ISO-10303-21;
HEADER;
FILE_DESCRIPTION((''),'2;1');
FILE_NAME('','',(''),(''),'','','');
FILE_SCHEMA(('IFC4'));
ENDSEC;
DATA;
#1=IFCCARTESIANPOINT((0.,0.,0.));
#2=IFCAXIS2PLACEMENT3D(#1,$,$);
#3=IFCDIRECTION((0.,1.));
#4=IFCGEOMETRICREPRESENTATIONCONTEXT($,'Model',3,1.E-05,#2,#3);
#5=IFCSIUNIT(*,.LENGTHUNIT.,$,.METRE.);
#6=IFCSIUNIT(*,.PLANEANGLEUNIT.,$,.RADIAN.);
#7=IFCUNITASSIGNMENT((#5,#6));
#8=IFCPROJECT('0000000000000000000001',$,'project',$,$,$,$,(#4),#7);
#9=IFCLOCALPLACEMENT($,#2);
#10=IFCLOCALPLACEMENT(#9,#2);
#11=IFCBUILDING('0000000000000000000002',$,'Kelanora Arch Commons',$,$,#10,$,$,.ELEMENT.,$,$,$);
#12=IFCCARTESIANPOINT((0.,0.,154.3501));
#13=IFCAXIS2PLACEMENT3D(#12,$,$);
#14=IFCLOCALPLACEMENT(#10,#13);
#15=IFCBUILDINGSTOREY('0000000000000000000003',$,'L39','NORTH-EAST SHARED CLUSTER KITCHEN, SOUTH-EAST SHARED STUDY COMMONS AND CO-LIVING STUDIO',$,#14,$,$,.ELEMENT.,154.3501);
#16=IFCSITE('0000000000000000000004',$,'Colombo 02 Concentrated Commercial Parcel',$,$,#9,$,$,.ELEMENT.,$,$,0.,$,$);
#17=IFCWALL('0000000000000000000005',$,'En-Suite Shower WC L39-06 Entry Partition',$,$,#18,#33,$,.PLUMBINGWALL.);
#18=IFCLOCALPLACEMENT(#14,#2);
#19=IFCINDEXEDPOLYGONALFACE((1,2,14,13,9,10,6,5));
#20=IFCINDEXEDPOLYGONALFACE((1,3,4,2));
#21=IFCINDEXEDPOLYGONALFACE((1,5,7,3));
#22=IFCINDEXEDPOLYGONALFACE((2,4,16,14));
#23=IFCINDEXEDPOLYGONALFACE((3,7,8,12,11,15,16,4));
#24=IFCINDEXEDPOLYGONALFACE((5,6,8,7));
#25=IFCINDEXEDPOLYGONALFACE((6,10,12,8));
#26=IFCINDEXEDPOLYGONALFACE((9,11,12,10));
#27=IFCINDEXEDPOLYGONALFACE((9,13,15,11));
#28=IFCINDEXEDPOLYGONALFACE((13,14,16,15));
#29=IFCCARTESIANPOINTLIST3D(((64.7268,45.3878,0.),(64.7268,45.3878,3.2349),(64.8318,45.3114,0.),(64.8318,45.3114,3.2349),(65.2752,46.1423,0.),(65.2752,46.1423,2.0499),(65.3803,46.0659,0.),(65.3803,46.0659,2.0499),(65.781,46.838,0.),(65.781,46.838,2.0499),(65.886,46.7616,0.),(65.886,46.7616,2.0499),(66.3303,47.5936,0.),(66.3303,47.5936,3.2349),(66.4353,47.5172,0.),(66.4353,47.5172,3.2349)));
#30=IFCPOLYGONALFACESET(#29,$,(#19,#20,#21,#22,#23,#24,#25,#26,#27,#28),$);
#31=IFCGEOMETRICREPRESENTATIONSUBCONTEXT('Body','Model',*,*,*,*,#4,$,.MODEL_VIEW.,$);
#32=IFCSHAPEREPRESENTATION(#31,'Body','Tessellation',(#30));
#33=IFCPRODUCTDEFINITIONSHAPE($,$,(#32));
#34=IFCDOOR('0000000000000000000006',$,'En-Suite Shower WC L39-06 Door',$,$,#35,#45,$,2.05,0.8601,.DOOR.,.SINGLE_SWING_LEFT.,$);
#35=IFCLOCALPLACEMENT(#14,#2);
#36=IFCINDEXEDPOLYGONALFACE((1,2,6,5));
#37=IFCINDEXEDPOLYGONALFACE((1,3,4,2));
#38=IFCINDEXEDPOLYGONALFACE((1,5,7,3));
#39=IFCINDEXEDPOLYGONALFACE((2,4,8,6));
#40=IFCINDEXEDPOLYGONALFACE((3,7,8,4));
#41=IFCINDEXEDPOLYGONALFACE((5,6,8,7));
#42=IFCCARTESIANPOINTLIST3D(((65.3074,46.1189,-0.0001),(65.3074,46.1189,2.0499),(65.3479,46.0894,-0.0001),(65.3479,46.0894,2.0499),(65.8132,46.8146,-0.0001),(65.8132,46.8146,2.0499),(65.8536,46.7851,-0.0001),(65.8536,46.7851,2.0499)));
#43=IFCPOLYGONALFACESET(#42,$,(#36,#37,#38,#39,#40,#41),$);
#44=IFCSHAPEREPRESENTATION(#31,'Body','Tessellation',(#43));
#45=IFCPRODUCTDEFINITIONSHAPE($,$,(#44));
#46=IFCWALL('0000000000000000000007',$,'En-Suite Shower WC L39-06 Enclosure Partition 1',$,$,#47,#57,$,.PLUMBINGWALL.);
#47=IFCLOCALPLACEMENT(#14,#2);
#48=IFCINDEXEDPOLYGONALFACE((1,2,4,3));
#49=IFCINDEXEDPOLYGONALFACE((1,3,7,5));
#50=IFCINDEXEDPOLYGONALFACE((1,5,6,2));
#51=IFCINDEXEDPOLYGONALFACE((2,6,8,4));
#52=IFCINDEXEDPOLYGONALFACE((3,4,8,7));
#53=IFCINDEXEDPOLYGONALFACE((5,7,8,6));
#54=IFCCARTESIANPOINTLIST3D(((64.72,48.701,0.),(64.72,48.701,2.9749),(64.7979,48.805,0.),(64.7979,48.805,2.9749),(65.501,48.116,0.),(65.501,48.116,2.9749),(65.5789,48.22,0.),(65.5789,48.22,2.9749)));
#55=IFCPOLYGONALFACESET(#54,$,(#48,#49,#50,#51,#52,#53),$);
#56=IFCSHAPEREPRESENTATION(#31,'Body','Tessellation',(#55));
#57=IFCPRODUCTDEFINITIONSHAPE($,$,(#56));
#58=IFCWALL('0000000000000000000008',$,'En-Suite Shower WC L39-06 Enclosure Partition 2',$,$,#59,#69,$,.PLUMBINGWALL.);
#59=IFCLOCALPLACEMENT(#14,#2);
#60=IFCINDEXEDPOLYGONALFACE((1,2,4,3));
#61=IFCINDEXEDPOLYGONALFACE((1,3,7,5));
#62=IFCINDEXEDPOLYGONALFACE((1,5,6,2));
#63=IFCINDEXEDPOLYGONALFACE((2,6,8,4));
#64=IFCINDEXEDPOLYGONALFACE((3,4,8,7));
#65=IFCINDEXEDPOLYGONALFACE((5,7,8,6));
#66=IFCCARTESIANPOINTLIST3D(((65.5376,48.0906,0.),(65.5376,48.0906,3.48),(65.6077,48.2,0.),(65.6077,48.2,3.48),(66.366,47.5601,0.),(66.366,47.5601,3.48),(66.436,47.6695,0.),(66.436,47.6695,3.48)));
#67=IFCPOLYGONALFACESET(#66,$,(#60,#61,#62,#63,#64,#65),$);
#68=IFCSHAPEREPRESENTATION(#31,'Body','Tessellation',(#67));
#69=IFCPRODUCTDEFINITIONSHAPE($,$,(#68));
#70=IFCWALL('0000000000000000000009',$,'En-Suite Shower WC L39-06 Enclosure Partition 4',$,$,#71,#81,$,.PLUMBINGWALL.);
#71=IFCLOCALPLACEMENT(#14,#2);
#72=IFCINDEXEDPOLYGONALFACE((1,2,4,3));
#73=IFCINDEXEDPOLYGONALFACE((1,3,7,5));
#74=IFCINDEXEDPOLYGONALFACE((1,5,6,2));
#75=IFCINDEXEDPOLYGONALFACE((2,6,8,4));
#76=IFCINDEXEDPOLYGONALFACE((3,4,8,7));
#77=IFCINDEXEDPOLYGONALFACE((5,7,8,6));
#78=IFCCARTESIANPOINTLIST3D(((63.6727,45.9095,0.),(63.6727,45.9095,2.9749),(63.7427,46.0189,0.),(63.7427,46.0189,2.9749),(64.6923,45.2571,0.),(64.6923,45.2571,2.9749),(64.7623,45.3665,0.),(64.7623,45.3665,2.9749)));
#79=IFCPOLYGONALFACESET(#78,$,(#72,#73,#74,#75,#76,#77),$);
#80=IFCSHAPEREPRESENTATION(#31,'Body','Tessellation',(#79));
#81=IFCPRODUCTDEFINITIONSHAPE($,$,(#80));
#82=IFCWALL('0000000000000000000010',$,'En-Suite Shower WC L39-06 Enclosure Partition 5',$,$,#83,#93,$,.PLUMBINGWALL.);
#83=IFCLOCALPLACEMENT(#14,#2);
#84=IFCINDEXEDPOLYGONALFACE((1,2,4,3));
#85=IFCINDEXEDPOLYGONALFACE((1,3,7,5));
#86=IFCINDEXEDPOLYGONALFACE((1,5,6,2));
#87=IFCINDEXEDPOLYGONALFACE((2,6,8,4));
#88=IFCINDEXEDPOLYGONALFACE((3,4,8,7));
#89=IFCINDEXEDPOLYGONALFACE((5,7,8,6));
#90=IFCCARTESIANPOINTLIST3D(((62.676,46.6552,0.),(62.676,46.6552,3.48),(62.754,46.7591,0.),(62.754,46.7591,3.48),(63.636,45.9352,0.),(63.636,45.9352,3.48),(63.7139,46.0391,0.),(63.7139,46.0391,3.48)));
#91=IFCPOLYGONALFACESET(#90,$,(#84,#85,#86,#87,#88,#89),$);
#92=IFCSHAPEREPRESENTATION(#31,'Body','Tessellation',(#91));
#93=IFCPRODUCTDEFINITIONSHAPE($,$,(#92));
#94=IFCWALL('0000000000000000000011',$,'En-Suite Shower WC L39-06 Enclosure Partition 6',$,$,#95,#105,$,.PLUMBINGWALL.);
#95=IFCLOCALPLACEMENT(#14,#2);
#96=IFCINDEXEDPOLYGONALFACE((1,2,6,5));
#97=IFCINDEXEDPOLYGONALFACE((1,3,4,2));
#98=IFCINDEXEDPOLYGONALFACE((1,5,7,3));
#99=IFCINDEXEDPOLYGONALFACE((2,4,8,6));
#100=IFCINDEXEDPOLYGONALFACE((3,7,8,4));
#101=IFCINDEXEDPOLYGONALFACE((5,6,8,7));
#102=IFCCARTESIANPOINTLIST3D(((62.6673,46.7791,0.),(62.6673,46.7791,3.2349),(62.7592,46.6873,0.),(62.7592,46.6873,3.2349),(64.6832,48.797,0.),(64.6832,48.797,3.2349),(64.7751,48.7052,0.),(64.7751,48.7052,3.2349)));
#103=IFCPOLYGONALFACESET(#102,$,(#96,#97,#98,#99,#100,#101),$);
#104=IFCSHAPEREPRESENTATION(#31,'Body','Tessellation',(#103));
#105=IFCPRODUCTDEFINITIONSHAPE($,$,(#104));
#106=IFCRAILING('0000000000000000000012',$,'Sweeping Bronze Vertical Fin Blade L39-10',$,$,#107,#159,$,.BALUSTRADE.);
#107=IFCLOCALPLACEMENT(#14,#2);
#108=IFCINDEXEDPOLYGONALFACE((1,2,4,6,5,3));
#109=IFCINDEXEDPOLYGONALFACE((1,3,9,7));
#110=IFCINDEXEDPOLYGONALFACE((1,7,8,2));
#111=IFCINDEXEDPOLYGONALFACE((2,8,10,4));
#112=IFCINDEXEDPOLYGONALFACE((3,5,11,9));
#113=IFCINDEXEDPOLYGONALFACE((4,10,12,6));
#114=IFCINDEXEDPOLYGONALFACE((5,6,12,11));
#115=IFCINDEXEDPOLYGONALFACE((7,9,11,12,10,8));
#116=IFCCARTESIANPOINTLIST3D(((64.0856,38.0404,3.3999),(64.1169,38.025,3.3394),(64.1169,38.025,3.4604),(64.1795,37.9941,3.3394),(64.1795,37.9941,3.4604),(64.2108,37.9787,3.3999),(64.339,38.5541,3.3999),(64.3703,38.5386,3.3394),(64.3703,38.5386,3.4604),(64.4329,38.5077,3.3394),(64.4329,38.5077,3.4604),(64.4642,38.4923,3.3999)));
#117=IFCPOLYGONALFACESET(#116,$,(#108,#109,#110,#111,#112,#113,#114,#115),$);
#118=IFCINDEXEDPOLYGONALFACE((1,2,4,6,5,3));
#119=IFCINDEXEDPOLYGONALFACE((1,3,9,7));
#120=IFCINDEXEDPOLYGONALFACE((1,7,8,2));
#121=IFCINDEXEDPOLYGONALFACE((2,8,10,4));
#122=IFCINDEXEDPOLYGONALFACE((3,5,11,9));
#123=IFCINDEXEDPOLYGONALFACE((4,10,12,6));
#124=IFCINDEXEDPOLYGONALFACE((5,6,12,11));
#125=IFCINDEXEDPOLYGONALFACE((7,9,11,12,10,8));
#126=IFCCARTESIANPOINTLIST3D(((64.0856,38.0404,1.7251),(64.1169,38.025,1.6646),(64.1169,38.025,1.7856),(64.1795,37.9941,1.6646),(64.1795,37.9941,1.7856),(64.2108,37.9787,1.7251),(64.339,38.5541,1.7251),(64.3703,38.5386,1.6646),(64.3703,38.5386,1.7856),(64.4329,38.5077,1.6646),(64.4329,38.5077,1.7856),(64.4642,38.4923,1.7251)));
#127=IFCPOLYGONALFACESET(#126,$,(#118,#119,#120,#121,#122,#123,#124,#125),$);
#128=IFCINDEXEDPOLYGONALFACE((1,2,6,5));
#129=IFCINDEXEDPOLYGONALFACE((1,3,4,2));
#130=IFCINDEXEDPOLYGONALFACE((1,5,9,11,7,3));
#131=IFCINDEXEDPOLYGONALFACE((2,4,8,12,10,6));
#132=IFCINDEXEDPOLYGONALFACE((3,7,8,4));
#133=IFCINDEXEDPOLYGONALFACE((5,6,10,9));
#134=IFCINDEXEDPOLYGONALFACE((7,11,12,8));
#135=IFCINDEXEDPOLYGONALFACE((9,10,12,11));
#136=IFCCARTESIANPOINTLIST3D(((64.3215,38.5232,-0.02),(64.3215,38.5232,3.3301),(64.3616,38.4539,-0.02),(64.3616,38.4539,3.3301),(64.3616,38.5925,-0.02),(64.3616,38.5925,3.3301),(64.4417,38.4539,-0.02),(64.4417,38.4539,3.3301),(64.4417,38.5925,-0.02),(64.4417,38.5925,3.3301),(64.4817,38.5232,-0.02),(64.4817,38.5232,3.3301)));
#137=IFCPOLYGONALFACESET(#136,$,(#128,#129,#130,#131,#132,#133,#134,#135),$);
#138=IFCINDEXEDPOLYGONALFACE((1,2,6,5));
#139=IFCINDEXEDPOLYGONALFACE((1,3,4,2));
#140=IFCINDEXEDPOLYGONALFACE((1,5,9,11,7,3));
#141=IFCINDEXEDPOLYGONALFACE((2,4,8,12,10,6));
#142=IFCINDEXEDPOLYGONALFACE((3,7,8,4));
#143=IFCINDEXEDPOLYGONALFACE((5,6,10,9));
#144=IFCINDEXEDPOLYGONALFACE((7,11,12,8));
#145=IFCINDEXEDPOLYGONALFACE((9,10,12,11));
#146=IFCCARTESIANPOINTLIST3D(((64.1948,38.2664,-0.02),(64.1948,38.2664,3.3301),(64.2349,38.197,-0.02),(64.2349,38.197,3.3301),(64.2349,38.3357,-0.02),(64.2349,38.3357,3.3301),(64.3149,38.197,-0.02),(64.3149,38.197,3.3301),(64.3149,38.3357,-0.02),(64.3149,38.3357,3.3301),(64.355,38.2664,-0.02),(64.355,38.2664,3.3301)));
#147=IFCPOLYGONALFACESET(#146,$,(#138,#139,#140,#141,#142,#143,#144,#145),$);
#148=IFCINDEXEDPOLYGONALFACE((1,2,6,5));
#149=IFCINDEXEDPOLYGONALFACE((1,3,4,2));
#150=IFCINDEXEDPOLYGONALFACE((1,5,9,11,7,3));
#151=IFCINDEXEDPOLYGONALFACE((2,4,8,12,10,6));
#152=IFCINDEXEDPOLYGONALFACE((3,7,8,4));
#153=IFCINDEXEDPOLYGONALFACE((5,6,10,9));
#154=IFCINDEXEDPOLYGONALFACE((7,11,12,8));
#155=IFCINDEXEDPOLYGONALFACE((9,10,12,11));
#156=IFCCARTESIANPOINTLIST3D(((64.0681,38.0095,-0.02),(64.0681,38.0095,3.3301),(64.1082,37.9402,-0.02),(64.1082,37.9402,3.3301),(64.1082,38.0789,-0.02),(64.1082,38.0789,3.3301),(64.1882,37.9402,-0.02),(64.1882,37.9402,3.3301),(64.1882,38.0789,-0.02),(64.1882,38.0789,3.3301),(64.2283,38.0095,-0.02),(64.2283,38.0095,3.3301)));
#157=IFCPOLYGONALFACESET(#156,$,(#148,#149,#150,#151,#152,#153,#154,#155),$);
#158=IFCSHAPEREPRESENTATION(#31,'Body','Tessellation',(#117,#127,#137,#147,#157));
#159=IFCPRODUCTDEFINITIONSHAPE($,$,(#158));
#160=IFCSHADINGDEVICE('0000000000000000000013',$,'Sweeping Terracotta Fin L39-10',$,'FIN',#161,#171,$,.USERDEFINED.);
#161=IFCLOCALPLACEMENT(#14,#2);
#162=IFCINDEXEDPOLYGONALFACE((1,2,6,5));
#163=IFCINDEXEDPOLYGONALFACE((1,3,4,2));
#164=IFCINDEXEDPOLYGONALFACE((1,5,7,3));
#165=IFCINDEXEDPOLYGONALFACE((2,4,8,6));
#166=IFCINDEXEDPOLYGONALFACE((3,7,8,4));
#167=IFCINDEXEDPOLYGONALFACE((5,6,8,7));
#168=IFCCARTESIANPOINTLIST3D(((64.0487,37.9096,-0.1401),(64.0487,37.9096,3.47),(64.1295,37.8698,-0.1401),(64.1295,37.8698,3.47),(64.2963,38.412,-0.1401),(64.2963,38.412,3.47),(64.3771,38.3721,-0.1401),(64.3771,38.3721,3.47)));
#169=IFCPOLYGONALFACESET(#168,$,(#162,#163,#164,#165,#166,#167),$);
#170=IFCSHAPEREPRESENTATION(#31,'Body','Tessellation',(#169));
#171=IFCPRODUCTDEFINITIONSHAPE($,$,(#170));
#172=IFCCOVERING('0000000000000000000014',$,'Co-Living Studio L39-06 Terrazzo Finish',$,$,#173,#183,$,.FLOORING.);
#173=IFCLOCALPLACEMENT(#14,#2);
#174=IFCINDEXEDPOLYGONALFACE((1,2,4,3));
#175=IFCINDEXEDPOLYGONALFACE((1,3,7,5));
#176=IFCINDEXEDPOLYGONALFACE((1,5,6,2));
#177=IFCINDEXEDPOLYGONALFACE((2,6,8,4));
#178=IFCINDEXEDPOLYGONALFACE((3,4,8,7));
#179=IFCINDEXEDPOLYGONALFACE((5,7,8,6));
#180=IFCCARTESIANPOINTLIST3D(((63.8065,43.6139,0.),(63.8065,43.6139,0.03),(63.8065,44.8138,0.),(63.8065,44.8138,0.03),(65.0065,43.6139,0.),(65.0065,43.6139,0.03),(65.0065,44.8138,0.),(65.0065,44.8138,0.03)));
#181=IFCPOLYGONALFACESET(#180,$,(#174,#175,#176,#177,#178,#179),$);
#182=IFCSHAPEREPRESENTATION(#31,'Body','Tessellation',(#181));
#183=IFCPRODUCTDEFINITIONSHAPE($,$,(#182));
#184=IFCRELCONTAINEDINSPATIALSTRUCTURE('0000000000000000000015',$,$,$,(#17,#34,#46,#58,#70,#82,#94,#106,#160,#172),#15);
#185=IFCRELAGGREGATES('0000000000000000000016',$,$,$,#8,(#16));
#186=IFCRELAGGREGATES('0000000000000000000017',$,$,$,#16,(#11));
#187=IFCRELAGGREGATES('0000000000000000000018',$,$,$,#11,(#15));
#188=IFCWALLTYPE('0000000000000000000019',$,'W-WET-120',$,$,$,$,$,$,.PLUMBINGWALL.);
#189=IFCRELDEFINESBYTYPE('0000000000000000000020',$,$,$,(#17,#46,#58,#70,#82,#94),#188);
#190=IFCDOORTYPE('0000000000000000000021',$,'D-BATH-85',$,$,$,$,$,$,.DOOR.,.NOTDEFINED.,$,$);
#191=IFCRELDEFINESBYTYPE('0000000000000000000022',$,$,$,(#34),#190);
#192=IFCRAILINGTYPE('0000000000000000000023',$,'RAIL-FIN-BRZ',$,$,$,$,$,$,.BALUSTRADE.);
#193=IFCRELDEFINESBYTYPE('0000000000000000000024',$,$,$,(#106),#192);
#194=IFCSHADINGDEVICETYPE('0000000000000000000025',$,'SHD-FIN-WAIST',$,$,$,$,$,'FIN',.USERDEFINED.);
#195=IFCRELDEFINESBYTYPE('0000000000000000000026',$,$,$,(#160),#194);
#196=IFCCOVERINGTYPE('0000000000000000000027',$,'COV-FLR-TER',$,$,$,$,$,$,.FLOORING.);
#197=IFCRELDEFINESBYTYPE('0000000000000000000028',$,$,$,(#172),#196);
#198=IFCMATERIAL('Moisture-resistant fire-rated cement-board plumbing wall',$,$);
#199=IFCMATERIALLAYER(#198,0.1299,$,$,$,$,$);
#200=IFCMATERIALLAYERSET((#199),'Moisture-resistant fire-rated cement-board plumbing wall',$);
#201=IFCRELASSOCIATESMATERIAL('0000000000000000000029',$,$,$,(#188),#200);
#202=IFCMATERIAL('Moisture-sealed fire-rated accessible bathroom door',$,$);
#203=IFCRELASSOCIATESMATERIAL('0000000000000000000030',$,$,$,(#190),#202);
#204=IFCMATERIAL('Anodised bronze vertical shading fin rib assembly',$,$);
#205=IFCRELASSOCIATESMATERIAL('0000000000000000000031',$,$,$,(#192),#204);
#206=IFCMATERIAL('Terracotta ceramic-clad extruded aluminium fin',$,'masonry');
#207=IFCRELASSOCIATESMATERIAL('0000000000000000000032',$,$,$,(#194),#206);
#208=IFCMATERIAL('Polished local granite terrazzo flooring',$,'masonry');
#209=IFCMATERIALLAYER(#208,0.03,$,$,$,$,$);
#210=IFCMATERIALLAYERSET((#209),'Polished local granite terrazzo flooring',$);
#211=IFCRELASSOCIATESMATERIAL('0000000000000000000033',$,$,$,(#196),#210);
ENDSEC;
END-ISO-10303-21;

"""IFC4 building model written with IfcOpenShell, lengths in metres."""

from ifc_helpers import new_model, si_unit, direction, frame, frame_2d, origin, origin_2d, place, context, subcontext, project, spatial, polyline, rectangle, outline, extrude, source, transform, mapped, material, layer, layer_set, type_object, element, fill, save


model = new_model("IFC4")

# Units and contexts
model_context = context("Model", 3, precision=1e-05, world=origin(), true_north=direction((0.0, 1.0)))
body_context = subcontext(model_context, "Body", "Model", "MODEL_VIEW")
ifc_project = project(units=[si_unit("LENGTHUNIT", "METRE"), si_unit("PLANEANGLEUNIT", "RADIAN")], contexts=[model_context])

# Site, building, storey
site_placement = place(None, origin())
site = spatial("IfcSite", under=ifc_project, at=site_placement, Name="Colombo 02 Concentrated Commercial Parcel", CompositionType="ELEMENT", RefElevation=0.0)
building_placement = place(site_placement, origin())
building = spatial("IfcBuilding", under=site, at=building_placement, Name="Kelanora Arch Commons", CompositionType="ELEMENT")
storey_placement = place(building_placement, frame((0.0, 0.0, 154.3501)))
storey = spatial("IfcBuildingStorey", under=building, at=storey_placement, Name="L39", Description="NORTH-EAST SHARED CLUSTER KITCHEN, SOUTH-EAST SHARED STUDY COMMONS AND CO-LIVING STUDIO", CompositionType="ELEMENT", Elevation=154.3501)

# Wall, opening, door
ifc_material_1 = material(Name="Moisture-resistant fire-rated cement-board plumbing wall")
ifc_layer_1 = layer(ifc_material_1, 0.1299)
ifc_layer_set_1 = layer_set([ifc_layer_1], Name="Moisture-resistant fire-rated cement-board plumbing wall")
wall_type_1 = type_object("IfcWallType", Name="W-WET-120", PredefinedType="PLUMBINGWALL", material=ifc_layer_set_1)
wall_1_placement = place(storey_placement, frame((66.3828, 47.5554, 0.0), z_axis=(0.0, 0.0, 1.0), x_axis=(-0.588001, -0.80886, 0.0)))
wall_1 = element("IfcWall", 1, at=wall_1_placement, inside=storey, type_object=wall_type_1, Name="En-Suite Shower WC L39-06 Entry Partition", PredefinedType="PLUMBINGWALL", context=body_context, shape_type="SweptSolid", body=[
    extrude(rectangle(XDim=2.7271, YDim=0.1299, at=frame_2d((1.3635, 0.0))), origin(), (0.0, 0.0, 1.0), 3.2349),
])
opening_1_placement = place(wall_1_placement, frame((0.9341, 0.0, 0.0)))
opening_1 = element("IfcOpeningElement", 2, at=opening_1_placement, cuts=wall_1, PredefinedType="OPENING", context=body_context, shape_type="SweptSolid", body=[
    extrude(rectangle(XDim=0.8601, YDim=2.05, at=frame_2d((0.4302, 1.0249))), frame((0.0, 0.075, 0.0), z_axis=(0.0, -1.0, 0.0), x_axis=(1.0, 0.0, 0.0)), (0.0, 0.0, 1.0), 0.1499),
])
ifc_material_2 = material(Name="Moisture-sealed fire-rated accessible bathroom door")
door_type_1 = type_object("IfcDoorType", Name="D-BATH-85", OperationType="NOTDEFINED", PredefinedType="DOOR", material=ifc_material_2)
door_1_placement = place(opening_1_placement, origin())
door_1 = element("IfcDoor", 3, at=door_1_placement, inside=storey, type_object=door_type_1, Name="En-Suite Shower WC L39-06 Door", OperationType="SINGLE_SWING_LEFT", OverallHeight=2.05, OverallWidth=0.8601, PredefinedType="DOOR", context=body_context, shape_type="SweptSolid", body=[
    extrude(rectangle(XDim=0.8601, YDim=2.05, at=frame_2d((0.4302, 1.0249))), frame((0.0, 0.0249, 0.0), z_axis=(0.0, -1.0, 0.0), x_axis=(1.0, 0.0, 0.0)), (0.0, 0.0, 1.0), 0.05),
])
fill(opening_1, door_1)

# Walls
wall_2_placement = place(storey_placement, frame((64.759, 48.7529, 0.0), z_axis=(0.0, 0.0, 1.0), x_axis=(0.80039, -0.599479, 0.0)))
element("IfcWall", 4, at=wall_2_placement, inside=storey, type_object=wall_type_1, Name="En-Suite Shower WC L39-06 Enclosure Partition 1", PredefinedType="PLUMBINGWALL", context=body_context, shape_type="SweptSolid", body=[
    extrude(rectangle(XDim=0.9758, YDim=0.1299, at=frame_2d((0.4878, 0.0))), origin(), (0.0, 0.0, 1.0), 2.9749),
])
wall_3_placement = place(storey_placement, frame((65.5728, 48.1453, 0.0), z_axis=(0.0, 0.0, 1.0), x_axis=(0.842105, -0.539314, 0.0)))
element("IfcWall", 5, at=wall_3_placement, inside=storey, type_object=wall_type_1, Name="En-Suite Shower WC L39-06 Enclosure Partition 2", PredefinedType="PLUMBINGWALL", context=body_context, shape_type="SweptSolid", body=[
    extrude(rectangle(XDim=0.9836, YDim=0.1299, at=frame_2d((0.4917, 0.0))), origin(), (0.0, 0.0, 1.0), 3.48),
])
wall_4_placement = place(storey_placement, frame((64.7273, 45.3118, 0.0), z_axis=(0.0, 0.0, 1.0), x_axis=(-0.84233, 0.538962, 0.0)))
element("IfcWall", 6, at=wall_4_placement, inside=storey, type_object=wall_type_1, Name="En-Suite Shower WC L39-06 Enclosure Partition 4", PredefinedType="PLUMBINGWALL", context=body_context, shape_type="SweptSolid", body=[
    extrude(rectangle(XDim=1.2104, YDim=0.1299, at=frame_2d((0.6052, 0.0))), origin(), (0.0, 0.0, 1.0), 2.9749),
])
wall_5_placement = place(storey_placement, frame((63.675, 45.9871, 0.0), z_axis=(0.0, 0.0, 1.0), x_axis=(-0.8, 0.6, 0.0)))
element("IfcWall", 7, at=wall_5_placement, inside=storey, type_object=wall_type_1, Name="En-Suite Shower WC L39-06 Enclosure Partition 5", PredefinedType="PLUMBINGWALL", context=body_context, shape_type="SweptSolid", body=[
    extrude(rectangle(XDim=1.2, YDim=0.1299, at=frame_2d((0.6001, 0.0))), origin(), (0.0, 0.0, 1.0), 3.48),
])
wall_6_placement = place(storey_placement, frame((62.7131, 46.7332, 0.0), z_axis=(0.0, 0.0, 1.0), x_axis=(0.706764, 0.707449, 0.0)))
element("IfcWall", 8, at=wall_6_placement, inside=storey, type_object=wall_type_1, Name="En-Suite Shower WC L39-06 Enclosure Partition 6", PredefinedType="PLUMBINGWALL", context=body_context, shape_type="SweptSolid", body=[
    extrude(rectangle(XDim=2.8523, YDim=0.1299, at=frame_2d((1.4263, 0.0))), origin(), (0.0, 0.0, 1.0), 3.2349),
])

# Railing
ifc_material_3 = material(Name="Anodised bronze vertical shading fin rib assembly")
railing_type = type_object("IfcRailingType", Name="RAIL-FIN-BRZ", PredefinedType="BALUSTRADE", material=ifc_material_3)
railing_placement = place(storey_placement, frame((64.4016, 38.5232, -0.02)))
element("IfcRailing", 9, at=railing_placement, inside=storey, type_object=railing_type, Name="Sweeping Bronze Vertical Fin Blade L39-10", PredefinedType="BALUSTRADE", context=body_context, shape_type="SweptSolid", body=[
    extrude(outline(polyline([(0.0698, 0.0), (0.0349, 0.0605), (-0.0349, 0.0605), (-0.0698, 0.0), (-0.0349, -0.0605), (0.0349, -0.0605), (0.0698, 0.0)])), frame((0.0, 0.0, 3.4199), z_axis=(-0.442433, -0.896801, 0.0), x_axis=(0.896801, -0.442433, 0.0)), (0.0, 0.0, 1.0), 0.5728),
    extrude(outline(polyline([(0.0698, 0.0), (0.0349, 0.0605), (-0.0349, 0.0605), (-0.0698, 0.0), (-0.0349, -0.0605), (0.0349, -0.0605), (0.0698, 0.0)])), frame((0.0, 0.0, 1.7451), z_axis=(-0.442433, -0.896801, 0.0), x_axis=(0.896801, -0.442433, 0.0)), (0.0, 0.0, 1.0), 0.5728),
    extrude(outline(polyline([(0.0801, 0.0), (0.04, 0.0693), (-0.04, 0.0693), (-0.0801, 0.0), (-0.04, -0.0693), (0.04, -0.0693), (0.0801, 0.0)])), origin(), (0.0, 0.0, 1.0), 3.3501),
    extrude(outline(polyline([(0.0801, 0.0), (0.04, 0.0693), (-0.04, 0.0693), (-0.0801, 0.0), (-0.04, -0.0693), (0.04, -0.0693), (0.0801, 0.0)])), frame((-0.1267, -0.2568, 0.0)), (0.0, 0.0, 1.0), 3.3501),
    extrude(outline(polyline([(0.0801, 0.0), (0.04, 0.0693), (-0.04, 0.0693), (-0.0801, 0.0), (-0.04, -0.0693), (0.04, -0.0693), (0.0801, 0.0)])), frame((-0.2534, -0.5137, 0.0)), (0.0, 0.0, 1.0), 3.3501),
])

# Shading device
ifc_material_4 = material(Name="Terracotta ceramic-clad extruded aluminium fin", Category="masonry")
shading_device_type = type_object("IfcShadingDeviceType", Name="SHD-FIN-WAIST", ElementType="FIN", PredefinedType="USERDEFINED", material=ifc_material_4)
shared_shape_1 = source(origin(), body_context, "Body", "SweptSolid", [
    extrude(rectangle(XDim=0.5601, YDim=0.0901, at=origin_2d()), origin(), (0.0, 0.0, 1.0), 3.6101),
])
shading_device_placement = place(storey_placement, frame((64.2129, 38.1409, -0.1401), z_axis=(0.0, 0.0, 1.0), x_axis=(-0.442132, -0.89695, 0.0)))
element("IfcShadingDevice", 10, at=shading_device_placement, inside=storey, type_object=shading_device_type, Name="Sweeping Terracotta Fin L39-10", ObjectType="FIN", PredefinedType="USERDEFINED", context=body_context, shape_type="MappedRepresentation", body=[
    mapped(shared_shape_1, transform((0.0, 0.0, 0.0), scale=1.0)),
])

# Covering
ifc_material_5 = material(Name="Polished local granite terrazzo flooring", Category="masonry")
ifc_layer_2 = layer(ifc_material_5, 0.03)
ifc_layer_set_2 = layer_set([ifc_layer_2], Name="Polished local granite terrazzo flooring")
covering_type = type_object("IfcCoveringType", Name="COV-FLR-TER", PredefinedType="FLOORING", material=ifc_layer_set_2)
shared_shape_2 = source(origin(), body_context, "Body", "SweptSolid", [
    extrude(rectangle(XDim=1.2, YDim=1.2, at=origin_2d()), origin(), (0.0, 0.0, 1.0), 0.03),
])
covering_placement = place(storey_placement, frame((64.4065, 44.2139, 0.0), z_axis=(0.0, 0.0, 1.0), x_axis=(1.0, 0.0, 0.0)))
element("IfcCovering", 11, at=covering_placement, inside=storey, type_object=covering_type, Name="Co-Living Studio L39-06 Terrazzo Finish", PredefinedType="FLOORING", context=body_context, shape_type="MappedRepresentation", body=[
    mapped(shared_shape_2, transform((0.0, 0.0, 0.0), scale=1.0)),
])

save(model, "model.ifc")
